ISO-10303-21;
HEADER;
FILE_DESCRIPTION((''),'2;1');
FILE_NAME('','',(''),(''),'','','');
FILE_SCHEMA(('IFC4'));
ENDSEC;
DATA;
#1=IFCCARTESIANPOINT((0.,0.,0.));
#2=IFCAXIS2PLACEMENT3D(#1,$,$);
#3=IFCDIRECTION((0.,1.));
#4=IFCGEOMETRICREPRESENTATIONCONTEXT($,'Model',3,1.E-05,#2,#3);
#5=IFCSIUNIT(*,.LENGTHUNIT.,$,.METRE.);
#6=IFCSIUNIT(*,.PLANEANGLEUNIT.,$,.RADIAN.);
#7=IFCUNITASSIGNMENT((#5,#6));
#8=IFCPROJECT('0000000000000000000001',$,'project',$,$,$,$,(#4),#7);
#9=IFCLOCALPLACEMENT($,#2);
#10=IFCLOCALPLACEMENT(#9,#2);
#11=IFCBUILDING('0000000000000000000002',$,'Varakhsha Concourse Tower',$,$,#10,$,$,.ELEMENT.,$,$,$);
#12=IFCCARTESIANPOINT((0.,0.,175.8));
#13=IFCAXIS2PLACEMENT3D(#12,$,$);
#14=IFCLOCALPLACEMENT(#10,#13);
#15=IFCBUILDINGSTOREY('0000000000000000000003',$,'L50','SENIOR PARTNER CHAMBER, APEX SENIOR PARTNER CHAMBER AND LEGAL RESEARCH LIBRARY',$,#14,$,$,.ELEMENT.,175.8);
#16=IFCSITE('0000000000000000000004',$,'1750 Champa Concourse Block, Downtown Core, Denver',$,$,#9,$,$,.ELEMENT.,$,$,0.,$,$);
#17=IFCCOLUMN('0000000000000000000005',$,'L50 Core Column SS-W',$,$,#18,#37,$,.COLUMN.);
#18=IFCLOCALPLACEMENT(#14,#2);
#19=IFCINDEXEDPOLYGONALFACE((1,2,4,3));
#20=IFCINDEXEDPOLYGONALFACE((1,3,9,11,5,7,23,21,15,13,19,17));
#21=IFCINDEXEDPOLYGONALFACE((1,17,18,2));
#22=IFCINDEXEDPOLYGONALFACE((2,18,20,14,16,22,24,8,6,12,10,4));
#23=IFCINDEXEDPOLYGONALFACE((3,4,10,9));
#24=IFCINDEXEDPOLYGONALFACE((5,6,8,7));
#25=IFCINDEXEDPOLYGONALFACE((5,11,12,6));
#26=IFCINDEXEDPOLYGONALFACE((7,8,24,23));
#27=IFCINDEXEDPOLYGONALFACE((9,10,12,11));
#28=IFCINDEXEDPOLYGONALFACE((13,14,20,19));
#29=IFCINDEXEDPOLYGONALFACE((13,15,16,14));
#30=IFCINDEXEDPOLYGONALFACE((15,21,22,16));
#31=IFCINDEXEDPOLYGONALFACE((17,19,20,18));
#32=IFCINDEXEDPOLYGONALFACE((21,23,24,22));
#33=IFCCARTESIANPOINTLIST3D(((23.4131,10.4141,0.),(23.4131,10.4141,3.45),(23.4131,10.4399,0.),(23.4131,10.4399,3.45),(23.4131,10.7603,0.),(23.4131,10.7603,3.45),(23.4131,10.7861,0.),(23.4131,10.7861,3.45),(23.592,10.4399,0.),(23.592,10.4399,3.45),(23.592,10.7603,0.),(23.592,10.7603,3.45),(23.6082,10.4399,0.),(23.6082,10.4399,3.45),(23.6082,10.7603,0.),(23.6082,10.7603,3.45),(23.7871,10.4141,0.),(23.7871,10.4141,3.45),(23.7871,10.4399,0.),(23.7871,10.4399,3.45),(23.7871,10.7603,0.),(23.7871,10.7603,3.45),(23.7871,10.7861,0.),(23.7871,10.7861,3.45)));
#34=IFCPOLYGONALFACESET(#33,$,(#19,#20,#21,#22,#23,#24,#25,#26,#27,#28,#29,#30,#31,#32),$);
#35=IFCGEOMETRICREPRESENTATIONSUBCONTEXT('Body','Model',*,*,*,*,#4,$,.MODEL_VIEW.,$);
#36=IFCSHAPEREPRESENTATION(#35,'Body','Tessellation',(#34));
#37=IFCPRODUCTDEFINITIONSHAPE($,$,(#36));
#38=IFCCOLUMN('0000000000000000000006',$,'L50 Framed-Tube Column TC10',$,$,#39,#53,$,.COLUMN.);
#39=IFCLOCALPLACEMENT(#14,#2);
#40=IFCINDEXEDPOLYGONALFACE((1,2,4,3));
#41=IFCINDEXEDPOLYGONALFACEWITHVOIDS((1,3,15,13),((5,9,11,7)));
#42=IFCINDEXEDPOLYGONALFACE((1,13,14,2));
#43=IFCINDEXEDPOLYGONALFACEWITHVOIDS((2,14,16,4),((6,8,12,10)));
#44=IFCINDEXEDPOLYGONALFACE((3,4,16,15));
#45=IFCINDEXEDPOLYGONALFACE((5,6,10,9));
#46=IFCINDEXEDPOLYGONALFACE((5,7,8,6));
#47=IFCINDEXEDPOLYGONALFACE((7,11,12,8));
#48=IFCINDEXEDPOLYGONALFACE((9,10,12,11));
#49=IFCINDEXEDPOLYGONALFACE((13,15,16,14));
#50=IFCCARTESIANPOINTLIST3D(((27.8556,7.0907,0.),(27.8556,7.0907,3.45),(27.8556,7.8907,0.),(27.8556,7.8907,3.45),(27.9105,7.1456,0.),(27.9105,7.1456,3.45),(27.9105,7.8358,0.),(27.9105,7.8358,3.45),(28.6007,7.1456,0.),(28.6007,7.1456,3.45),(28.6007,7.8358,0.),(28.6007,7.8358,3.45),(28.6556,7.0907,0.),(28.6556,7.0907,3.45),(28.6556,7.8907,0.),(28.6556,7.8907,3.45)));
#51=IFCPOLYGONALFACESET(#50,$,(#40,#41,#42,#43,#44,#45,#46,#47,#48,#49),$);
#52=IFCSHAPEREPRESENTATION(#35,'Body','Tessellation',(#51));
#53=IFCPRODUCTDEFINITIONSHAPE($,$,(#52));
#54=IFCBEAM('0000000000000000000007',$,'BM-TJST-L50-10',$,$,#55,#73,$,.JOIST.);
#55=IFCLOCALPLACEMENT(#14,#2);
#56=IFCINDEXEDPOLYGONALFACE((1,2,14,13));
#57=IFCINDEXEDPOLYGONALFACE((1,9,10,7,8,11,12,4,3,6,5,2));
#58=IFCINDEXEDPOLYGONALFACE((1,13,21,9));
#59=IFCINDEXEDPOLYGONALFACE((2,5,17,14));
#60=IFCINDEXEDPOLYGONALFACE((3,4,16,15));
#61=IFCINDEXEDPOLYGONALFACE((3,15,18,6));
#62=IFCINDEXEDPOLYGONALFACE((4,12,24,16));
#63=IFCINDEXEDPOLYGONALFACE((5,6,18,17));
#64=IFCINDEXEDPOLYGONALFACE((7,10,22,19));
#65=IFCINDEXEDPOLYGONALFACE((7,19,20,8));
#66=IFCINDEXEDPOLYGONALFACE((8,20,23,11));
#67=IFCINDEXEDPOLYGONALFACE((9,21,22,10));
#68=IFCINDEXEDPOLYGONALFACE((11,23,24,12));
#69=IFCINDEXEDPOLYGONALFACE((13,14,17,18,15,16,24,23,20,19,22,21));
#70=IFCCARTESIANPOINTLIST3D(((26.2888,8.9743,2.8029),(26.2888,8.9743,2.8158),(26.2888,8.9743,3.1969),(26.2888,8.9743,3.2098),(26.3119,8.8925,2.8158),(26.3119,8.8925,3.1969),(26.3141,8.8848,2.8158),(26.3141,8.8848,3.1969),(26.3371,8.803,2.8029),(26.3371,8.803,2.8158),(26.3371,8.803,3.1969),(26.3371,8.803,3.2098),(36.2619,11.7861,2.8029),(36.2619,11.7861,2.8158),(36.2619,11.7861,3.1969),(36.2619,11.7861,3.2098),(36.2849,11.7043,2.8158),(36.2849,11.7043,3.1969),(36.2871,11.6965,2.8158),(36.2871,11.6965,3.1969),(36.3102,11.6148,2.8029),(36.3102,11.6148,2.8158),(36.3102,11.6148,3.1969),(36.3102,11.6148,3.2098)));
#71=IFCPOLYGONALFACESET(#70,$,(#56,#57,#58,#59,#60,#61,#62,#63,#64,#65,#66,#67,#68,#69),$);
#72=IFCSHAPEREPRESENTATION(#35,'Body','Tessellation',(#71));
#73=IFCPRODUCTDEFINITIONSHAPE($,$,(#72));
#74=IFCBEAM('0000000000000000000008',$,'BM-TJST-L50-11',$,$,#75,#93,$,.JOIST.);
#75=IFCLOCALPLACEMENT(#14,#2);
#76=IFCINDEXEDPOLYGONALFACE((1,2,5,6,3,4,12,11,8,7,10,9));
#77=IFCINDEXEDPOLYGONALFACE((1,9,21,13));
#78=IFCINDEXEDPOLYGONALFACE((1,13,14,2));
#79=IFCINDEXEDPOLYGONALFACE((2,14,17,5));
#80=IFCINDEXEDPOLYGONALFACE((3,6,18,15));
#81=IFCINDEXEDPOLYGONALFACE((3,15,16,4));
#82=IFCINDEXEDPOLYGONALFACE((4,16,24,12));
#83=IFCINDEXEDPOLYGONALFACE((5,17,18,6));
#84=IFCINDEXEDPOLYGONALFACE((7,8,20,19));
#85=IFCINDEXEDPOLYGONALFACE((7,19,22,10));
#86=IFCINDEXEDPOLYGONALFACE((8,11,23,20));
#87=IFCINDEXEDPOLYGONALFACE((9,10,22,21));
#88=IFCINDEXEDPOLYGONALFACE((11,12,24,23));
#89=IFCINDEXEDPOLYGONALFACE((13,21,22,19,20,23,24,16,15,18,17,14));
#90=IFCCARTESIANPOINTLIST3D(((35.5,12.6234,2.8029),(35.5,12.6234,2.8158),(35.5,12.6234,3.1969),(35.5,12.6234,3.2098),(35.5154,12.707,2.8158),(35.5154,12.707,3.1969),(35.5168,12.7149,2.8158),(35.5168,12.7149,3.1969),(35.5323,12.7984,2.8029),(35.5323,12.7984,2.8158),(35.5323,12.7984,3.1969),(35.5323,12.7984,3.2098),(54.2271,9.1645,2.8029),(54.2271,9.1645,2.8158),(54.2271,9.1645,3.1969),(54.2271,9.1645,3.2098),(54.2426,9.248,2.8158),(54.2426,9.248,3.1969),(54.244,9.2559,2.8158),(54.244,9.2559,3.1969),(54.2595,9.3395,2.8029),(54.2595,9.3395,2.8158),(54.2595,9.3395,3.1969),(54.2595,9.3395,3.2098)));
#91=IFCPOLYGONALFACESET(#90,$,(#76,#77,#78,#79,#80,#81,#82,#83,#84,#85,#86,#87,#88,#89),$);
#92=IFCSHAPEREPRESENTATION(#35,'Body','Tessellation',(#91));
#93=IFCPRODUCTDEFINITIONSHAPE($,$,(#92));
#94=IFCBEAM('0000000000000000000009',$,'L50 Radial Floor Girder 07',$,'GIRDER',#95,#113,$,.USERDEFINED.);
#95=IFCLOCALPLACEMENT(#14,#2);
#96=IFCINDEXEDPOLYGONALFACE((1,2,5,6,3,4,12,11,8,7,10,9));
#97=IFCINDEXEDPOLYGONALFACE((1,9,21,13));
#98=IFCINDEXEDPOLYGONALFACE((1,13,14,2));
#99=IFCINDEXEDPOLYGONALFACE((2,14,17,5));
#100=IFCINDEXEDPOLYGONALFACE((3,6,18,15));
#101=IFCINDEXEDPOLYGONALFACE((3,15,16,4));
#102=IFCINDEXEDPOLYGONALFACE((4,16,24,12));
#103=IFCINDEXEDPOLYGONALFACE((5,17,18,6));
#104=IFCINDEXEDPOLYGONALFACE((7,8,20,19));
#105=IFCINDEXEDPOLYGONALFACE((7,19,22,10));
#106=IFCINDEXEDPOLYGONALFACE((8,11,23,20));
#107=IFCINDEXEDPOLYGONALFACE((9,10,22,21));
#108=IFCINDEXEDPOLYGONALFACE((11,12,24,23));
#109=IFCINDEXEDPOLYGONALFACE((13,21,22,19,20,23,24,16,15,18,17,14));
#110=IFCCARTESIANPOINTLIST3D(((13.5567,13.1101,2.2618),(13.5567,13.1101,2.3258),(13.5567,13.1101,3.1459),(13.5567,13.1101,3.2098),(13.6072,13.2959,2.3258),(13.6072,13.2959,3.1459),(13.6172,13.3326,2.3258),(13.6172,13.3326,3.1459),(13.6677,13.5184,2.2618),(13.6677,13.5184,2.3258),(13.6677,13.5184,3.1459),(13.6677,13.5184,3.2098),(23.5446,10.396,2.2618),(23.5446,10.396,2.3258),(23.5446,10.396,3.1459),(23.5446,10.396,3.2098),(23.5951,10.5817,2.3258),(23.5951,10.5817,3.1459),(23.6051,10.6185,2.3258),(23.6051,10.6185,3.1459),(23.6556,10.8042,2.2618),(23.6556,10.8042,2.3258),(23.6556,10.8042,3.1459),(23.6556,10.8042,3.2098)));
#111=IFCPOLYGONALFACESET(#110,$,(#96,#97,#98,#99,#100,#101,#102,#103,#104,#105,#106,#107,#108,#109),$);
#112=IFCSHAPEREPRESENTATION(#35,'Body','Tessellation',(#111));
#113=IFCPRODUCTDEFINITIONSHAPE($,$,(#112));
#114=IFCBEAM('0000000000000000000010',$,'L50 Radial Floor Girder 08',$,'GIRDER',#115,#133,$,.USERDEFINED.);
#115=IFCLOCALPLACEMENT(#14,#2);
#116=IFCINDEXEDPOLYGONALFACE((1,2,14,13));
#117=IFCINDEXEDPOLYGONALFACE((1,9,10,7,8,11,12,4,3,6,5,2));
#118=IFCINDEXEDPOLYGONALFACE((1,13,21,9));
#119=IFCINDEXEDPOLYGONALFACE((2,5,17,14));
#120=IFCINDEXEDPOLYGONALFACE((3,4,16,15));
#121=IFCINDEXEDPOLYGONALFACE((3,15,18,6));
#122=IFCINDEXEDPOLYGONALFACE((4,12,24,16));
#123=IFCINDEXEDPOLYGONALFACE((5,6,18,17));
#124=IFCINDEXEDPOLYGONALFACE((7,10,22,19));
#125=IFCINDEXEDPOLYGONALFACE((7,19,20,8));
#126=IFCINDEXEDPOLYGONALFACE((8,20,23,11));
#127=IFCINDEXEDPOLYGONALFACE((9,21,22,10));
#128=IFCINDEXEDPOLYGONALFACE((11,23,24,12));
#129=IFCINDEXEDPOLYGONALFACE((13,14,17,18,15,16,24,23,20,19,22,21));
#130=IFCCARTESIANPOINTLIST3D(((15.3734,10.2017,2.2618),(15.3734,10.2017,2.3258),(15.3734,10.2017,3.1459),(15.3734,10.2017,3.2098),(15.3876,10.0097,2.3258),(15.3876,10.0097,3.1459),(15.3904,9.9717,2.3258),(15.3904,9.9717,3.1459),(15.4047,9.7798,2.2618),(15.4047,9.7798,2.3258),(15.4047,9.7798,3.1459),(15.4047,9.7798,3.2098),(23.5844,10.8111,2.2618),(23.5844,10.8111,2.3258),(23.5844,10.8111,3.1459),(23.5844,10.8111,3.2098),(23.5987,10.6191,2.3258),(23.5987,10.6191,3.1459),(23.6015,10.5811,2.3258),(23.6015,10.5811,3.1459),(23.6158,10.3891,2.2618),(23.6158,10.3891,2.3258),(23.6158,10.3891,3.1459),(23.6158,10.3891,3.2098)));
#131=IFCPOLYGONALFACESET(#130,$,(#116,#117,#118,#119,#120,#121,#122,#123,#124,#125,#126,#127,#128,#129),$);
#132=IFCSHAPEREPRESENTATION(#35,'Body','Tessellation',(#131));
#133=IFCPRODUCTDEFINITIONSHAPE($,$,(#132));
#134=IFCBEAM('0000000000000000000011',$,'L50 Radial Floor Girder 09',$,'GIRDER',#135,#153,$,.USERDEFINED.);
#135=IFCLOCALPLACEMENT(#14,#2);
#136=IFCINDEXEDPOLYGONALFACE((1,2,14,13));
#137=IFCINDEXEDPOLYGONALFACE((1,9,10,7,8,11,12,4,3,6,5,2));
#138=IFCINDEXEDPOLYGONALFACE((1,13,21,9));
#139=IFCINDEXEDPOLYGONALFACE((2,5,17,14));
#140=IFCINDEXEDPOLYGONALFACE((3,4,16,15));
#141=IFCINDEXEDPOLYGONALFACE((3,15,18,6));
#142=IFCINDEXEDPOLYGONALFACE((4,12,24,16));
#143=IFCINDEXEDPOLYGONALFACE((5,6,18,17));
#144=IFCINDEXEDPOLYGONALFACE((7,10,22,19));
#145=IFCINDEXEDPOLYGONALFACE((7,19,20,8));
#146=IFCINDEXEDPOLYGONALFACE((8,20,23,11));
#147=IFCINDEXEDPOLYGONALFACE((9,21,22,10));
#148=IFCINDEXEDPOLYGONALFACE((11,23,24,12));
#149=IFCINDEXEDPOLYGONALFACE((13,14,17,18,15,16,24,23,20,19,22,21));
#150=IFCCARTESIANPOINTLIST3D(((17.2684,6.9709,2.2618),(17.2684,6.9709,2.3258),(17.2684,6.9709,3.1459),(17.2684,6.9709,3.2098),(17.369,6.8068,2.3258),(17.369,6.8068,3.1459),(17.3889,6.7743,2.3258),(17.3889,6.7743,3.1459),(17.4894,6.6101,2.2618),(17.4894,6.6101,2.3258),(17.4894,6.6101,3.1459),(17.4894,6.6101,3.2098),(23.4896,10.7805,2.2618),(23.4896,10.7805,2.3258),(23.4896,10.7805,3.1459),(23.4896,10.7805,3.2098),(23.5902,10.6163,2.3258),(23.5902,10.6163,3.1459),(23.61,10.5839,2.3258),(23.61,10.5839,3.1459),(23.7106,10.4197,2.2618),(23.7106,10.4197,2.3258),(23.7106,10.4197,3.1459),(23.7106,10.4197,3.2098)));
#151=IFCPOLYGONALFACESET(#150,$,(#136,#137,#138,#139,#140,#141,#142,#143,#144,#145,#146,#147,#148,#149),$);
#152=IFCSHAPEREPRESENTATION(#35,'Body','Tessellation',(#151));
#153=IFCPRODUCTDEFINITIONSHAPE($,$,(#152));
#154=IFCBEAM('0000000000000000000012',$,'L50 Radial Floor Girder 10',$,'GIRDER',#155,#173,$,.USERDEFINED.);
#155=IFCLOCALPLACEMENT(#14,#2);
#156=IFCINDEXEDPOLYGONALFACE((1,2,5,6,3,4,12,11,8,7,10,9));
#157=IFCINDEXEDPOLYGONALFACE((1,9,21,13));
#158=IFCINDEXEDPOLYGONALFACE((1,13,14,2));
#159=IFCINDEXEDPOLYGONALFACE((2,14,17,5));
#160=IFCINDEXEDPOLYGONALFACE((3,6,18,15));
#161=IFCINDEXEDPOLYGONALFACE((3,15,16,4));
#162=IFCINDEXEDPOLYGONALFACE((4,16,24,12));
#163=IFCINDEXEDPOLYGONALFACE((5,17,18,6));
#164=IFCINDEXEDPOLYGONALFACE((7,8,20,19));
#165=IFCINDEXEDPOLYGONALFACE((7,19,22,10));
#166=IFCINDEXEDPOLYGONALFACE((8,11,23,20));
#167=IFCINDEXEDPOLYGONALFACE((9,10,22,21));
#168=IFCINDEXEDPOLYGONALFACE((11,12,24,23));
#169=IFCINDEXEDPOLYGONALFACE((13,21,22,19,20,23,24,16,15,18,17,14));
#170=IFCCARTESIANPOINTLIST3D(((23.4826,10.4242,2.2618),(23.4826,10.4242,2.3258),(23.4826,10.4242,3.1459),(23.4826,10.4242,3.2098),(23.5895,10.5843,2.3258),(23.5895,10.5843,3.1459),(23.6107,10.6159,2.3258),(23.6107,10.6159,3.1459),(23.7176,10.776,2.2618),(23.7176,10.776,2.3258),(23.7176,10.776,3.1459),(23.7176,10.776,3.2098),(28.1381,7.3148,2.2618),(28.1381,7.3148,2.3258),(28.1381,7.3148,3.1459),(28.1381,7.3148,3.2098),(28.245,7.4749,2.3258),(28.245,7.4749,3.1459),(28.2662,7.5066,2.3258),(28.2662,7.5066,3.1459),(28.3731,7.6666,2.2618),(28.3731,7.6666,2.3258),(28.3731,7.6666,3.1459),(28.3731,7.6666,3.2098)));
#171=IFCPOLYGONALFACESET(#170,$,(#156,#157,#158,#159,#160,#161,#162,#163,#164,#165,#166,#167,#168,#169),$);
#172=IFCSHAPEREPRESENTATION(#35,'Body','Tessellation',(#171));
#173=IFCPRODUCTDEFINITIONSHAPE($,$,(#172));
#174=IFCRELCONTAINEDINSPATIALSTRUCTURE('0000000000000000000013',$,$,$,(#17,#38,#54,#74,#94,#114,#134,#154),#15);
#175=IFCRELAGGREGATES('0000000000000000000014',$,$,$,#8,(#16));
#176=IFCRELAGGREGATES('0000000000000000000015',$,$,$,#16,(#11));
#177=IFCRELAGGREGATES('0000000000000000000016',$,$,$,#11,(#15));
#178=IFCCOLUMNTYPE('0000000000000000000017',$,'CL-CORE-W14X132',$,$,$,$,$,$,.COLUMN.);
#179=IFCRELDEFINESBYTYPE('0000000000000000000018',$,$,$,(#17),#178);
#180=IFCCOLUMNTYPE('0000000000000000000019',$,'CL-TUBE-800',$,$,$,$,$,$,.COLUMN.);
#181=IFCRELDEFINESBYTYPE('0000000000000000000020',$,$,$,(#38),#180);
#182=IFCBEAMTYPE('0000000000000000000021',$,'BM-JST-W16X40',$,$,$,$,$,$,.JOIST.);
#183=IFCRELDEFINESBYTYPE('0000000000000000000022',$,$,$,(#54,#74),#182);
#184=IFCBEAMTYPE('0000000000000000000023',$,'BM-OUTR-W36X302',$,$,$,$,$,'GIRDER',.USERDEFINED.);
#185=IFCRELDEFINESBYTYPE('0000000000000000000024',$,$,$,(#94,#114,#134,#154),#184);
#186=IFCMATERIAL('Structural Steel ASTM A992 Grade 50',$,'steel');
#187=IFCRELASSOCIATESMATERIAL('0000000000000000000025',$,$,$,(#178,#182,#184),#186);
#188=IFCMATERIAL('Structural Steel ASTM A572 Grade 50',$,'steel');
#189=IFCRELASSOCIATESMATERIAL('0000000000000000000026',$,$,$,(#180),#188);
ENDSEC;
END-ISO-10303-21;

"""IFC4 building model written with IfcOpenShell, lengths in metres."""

from ifc_helpers import new_model, si_unit, direction, frame, origin, origin_2d, place, context, subcontext, project, spatial, hollow_rectangle, i_section, extrude, material, material_profile, profile_set, type_object, element, save


model = new_model("IFC4")

# Units and contexts
model_context = context("Model", 3, precision=1e-05, world=origin(), true_north=direction((0.0, 1.0)))
body_context = subcontext(model_context, "Body", "Model", "MODEL_VIEW")
ifc_project = project(units=[si_unit("LENGTHUNIT", "METRE"), si_unit("PLANEANGLEUNIT", "RADIAN")], contexts=[model_context])

# Site, building, storey
site_placement = place(None, origin())
site = spatial("IfcSite", under=ifc_project, at=site_placement, Name="1750 Champa Concourse Block, Downtown Core, Denver", CompositionType="ELEMENT", RefElevation=0.0)
building_placement = place(site_placement, origin())
building = spatial("IfcBuilding", under=site, at=building_placement, Name="Varakhsha Concourse Tower", CompositionType="ELEMENT")
storey_placement = place(building_placement, frame((0.0, 0.0, 175.8)))
storey = spatial("IfcBuildingStorey", under=building, at=storey_placement, Name="L50", Description="SENIOR PARTNER CHAMBER, APEX SENIOR PARTNER CHAMBER AND LEGAL RESEARCH LIBRARY", CompositionType="ELEMENT", Elevation=175.8)

# Columns
ifc_material_1 = material(Name="Structural Steel ASTM A992 Grade 50", Category="steel")
ifc_material_profile_1 = material_profile(ifc_material_1, i_section(OverallWidth=0.374, OverallDepth=0.3721, WebThickness=0.0161, FlangeThickness=0.0259, at=origin_2d()), Name="W14X132")
ifc_profile_set_1 = profile_set([ifc_material_profile_1], Name="Structural Steel ASTM A992 Grade 50")
column_type_1 = type_object("IfcColumnType", Name="CL-CORE-W14X132", PredefinedType="COLUMN", material=ifc_profile_set_1)
column_1_placement = place(storey_placement, frame((23.6001, 10.6001, 0.0), z_axis=(0.0, 0.0, 1.0), x_axis=(1.0, 0.0, 0.0)))
element("IfcColumn", 1, at=column_1_placement, inside=storey, type_object=column_type_1, Name="L50 Core Column SS-W", PredefinedType="COLUMN", context=body_context, shape_type="SweptSolid", body=[
    extrude(i_section(OverallWidth=0.374, OverallDepth=0.3721, WebThickness=0.0161, FlangeThickness=0.0259, at=origin_2d()), origin(), (0.0, 0.0, 1.0), 3.45),
])
ifc_material_2 = material(Name="Structural Steel ASTM A572 Grade 50", Category="steel")
ifc_material_profile_2 = material_profile(ifc_material_2, hollow_rectangle(XDim=0.8, YDim=0.8, WallThickness=0.0549, at=origin_2d()), Name="BOX 800x800x55")
ifc_profile_set_2 = profile_set([ifc_material_profile_2], Name="Structural Steel ASTM A572 Grade 50")
column_type_2 = type_object("IfcColumnType", Name="CL-TUBE-800", PredefinedType="COLUMN", material=ifc_profile_set_2)
column_2_placement = place(storey_placement, frame((28.2556, 7.4907, 0.0), z_axis=(0.0, 0.0, 1.0), x_axis=(1.0, 0.0, 0.0)))
element("IfcColumn", 2, at=column_2_placement, inside=storey, type_object=column_type_2, Name="L50 Framed-Tube Column TC10", PredefinedType="COLUMN", context=body_context, shape_type="SweptSolid", body=[
    extrude(hollow_rectangle(XDim=0.8, YDim=0.8, WallThickness=0.0549, at=origin_2d()), origin(), (0.0, 0.0, 1.0), 3.45),
])

# Beams
ifc_material_profile_3 = material_profile(ifc_material_1, i_section(OverallWidth=0.178, OverallDepth=0.407, WebThickness=0.0081, FlangeThickness=0.0129, at=origin_2d()), Name="W16X40")
ifc_profile_set_3 = profile_set([ifc_material_profile_3], Name="Structural Steel ASTM A992 Grade 50")
beam_type_1 = type_object("IfcBeamType", Name="BM-JST-W16X40", PredefinedType="JOIST", material=ifc_profile_set_3)
beam_1_placement = place(storey_placement, frame((26.313, 8.8887, 3.0063), z_axis=(0.962479, 0.271356, 0.0), x_axis=(-0.271356, 0.962479, 0.0)))
element("IfcBeam", 3, at=beam_1_placement, inside=storey, type_object=beam_type_1, Name="BM-TJST-L50-10", PredefinedType="JOIST", context=body_context, shape_type="SweptSolid", body=[
    extrude(i_section(OverallWidth=0.178, OverallDepth=0.407, WebThickness=0.0081, FlangeThickness=0.0129, at=origin_2d()), origin(), (0.0, 0.0, 1.0), 10.3618),
])
beam_2_placement = place(storey_placement, frame((35.5161, 12.7109, 3.0063), z_axis=(0.983367, -0.181631, 0.0), x_axis=(0.181631, 0.983367, 0.0)))
element("IfcBeam", 4, at=beam_2_placement, inside=storey, type_object=beam_type_1, Name="BM-TJST-L50-11", PredefinedType="JOIST", context=body_context, shape_type="SweptSolid", body=[
    extrude(i_section(OverallWidth=0.178, OverallDepth=0.407, WebThickness=0.0081, FlangeThickness=0.0129, at=origin_2d()), origin(), (0.0, 0.0, 1.0), 19.0439),
])
ifc_material_profile_4 = material_profile(ifc_material_1, i_section(OverallWidth=0.4231, OverallDepth=0.948, WebThickness=0.0381, FlangeThickness=0.064, at=origin_2d()), Name="W36X302")
ifc_profile_set_4 = profile_set([ifc_material_profile_4], Name="Structural Steel ASTM A992 Grade 50")
beam_type_2 = type_object("IfcBeamType", Name="BM-OUTR-W36X302", ElementType="GIRDER", PredefinedType="USERDEFINED", material=ifc_profile_set_4)
beam_3_placement = place(storey_placement, frame((23.6001, 10.6001, 2.7358), z_axis=(-0.965005, 0.262233, 0.0), x_axis=(-0.262233, -0.965005, 0.0)))
element("IfcBeam", 5, at=beam_3_placement, inside=storey, type_object=beam_type_2, Name="L50 Radial Floor Girder 07", ObjectType="GIRDER", PredefinedType="USERDEFINED", context=body_context, shape_type="SweptSolid", body=[
    extrude(i_section(OverallWidth=0.4231, OverallDepth=0.948, WebThickness=0.0381, FlangeThickness=0.064, at=origin_2d()), origin(), (0.0, 0.0, 1.0), 10.3501),
])
beam_4_placement = place(storey_placement, frame((23.6001, 10.6001, 2.7358), z_axis=(-0.997258, -0.074009, 0.0), x_axis=(0.074009, -0.997258, 0.0)))
element("IfcBeam", 6, at=beam_4_placement, inside=storey, type_object=beam_type_2, Name="L50 Radial Floor Girder 08", ObjectType="GIRDER", PredefinedType="USERDEFINED", context=body_context, shape_type="SweptSolid", body=[
    extrude(i_section(OverallWidth=0.4231, OverallDepth=0.948, WebThickness=0.0381, FlangeThickness=0.064, at=origin_2d()), origin(), (0.0, 0.0, 1.0), 8.2336),
])
beam_5_placement = place(storey_placement, frame((23.6001, 10.6001, 2.7358), z_axis=(-0.85281, -0.522221, 0.0), x_axis=(0.522221, -0.85281, 0.0)))
element("IfcBeam", 7, at=beam_5_placement, inside=storey, type_object=beam_type_2, Name="L50 Radial Floor Girder 09", ObjectType="GIRDER", PredefinedType="USERDEFINED", context=body_context, shape_type="SweptSolid", body=[
    extrude(i_section(OverallWidth=0.4231, OverallDepth=0.948, WebThickness=0.0381, FlangeThickness=0.064, at=origin_2d()), origin(), (0.0, 0.0, 1.0), 7.2949),
])
beam_6_placement = place(storey_placement, frame((23.6001, 10.6001, 2.7358), z_axis=(0.83158, -0.555404, 0.0), x_axis=(0.555404, 0.83158, 0.0)))
element("IfcBeam", 8, at=beam_6_placement, inside=storey, type_object=beam_type_2, Name="L50 Radial Floor Girder 10", ObjectType="GIRDER", PredefinedType="USERDEFINED", context=body_context, shape_type="SweptSolid", body=[
    extrude(i_section(OverallWidth=0.4231, OverallDepth=0.948, WebThickness=0.0381, FlangeThickness=0.064, at=origin_2d()), origin(), (0.0, 0.0, 1.0), 5.5984),
])

save(model, "model.ifc")
